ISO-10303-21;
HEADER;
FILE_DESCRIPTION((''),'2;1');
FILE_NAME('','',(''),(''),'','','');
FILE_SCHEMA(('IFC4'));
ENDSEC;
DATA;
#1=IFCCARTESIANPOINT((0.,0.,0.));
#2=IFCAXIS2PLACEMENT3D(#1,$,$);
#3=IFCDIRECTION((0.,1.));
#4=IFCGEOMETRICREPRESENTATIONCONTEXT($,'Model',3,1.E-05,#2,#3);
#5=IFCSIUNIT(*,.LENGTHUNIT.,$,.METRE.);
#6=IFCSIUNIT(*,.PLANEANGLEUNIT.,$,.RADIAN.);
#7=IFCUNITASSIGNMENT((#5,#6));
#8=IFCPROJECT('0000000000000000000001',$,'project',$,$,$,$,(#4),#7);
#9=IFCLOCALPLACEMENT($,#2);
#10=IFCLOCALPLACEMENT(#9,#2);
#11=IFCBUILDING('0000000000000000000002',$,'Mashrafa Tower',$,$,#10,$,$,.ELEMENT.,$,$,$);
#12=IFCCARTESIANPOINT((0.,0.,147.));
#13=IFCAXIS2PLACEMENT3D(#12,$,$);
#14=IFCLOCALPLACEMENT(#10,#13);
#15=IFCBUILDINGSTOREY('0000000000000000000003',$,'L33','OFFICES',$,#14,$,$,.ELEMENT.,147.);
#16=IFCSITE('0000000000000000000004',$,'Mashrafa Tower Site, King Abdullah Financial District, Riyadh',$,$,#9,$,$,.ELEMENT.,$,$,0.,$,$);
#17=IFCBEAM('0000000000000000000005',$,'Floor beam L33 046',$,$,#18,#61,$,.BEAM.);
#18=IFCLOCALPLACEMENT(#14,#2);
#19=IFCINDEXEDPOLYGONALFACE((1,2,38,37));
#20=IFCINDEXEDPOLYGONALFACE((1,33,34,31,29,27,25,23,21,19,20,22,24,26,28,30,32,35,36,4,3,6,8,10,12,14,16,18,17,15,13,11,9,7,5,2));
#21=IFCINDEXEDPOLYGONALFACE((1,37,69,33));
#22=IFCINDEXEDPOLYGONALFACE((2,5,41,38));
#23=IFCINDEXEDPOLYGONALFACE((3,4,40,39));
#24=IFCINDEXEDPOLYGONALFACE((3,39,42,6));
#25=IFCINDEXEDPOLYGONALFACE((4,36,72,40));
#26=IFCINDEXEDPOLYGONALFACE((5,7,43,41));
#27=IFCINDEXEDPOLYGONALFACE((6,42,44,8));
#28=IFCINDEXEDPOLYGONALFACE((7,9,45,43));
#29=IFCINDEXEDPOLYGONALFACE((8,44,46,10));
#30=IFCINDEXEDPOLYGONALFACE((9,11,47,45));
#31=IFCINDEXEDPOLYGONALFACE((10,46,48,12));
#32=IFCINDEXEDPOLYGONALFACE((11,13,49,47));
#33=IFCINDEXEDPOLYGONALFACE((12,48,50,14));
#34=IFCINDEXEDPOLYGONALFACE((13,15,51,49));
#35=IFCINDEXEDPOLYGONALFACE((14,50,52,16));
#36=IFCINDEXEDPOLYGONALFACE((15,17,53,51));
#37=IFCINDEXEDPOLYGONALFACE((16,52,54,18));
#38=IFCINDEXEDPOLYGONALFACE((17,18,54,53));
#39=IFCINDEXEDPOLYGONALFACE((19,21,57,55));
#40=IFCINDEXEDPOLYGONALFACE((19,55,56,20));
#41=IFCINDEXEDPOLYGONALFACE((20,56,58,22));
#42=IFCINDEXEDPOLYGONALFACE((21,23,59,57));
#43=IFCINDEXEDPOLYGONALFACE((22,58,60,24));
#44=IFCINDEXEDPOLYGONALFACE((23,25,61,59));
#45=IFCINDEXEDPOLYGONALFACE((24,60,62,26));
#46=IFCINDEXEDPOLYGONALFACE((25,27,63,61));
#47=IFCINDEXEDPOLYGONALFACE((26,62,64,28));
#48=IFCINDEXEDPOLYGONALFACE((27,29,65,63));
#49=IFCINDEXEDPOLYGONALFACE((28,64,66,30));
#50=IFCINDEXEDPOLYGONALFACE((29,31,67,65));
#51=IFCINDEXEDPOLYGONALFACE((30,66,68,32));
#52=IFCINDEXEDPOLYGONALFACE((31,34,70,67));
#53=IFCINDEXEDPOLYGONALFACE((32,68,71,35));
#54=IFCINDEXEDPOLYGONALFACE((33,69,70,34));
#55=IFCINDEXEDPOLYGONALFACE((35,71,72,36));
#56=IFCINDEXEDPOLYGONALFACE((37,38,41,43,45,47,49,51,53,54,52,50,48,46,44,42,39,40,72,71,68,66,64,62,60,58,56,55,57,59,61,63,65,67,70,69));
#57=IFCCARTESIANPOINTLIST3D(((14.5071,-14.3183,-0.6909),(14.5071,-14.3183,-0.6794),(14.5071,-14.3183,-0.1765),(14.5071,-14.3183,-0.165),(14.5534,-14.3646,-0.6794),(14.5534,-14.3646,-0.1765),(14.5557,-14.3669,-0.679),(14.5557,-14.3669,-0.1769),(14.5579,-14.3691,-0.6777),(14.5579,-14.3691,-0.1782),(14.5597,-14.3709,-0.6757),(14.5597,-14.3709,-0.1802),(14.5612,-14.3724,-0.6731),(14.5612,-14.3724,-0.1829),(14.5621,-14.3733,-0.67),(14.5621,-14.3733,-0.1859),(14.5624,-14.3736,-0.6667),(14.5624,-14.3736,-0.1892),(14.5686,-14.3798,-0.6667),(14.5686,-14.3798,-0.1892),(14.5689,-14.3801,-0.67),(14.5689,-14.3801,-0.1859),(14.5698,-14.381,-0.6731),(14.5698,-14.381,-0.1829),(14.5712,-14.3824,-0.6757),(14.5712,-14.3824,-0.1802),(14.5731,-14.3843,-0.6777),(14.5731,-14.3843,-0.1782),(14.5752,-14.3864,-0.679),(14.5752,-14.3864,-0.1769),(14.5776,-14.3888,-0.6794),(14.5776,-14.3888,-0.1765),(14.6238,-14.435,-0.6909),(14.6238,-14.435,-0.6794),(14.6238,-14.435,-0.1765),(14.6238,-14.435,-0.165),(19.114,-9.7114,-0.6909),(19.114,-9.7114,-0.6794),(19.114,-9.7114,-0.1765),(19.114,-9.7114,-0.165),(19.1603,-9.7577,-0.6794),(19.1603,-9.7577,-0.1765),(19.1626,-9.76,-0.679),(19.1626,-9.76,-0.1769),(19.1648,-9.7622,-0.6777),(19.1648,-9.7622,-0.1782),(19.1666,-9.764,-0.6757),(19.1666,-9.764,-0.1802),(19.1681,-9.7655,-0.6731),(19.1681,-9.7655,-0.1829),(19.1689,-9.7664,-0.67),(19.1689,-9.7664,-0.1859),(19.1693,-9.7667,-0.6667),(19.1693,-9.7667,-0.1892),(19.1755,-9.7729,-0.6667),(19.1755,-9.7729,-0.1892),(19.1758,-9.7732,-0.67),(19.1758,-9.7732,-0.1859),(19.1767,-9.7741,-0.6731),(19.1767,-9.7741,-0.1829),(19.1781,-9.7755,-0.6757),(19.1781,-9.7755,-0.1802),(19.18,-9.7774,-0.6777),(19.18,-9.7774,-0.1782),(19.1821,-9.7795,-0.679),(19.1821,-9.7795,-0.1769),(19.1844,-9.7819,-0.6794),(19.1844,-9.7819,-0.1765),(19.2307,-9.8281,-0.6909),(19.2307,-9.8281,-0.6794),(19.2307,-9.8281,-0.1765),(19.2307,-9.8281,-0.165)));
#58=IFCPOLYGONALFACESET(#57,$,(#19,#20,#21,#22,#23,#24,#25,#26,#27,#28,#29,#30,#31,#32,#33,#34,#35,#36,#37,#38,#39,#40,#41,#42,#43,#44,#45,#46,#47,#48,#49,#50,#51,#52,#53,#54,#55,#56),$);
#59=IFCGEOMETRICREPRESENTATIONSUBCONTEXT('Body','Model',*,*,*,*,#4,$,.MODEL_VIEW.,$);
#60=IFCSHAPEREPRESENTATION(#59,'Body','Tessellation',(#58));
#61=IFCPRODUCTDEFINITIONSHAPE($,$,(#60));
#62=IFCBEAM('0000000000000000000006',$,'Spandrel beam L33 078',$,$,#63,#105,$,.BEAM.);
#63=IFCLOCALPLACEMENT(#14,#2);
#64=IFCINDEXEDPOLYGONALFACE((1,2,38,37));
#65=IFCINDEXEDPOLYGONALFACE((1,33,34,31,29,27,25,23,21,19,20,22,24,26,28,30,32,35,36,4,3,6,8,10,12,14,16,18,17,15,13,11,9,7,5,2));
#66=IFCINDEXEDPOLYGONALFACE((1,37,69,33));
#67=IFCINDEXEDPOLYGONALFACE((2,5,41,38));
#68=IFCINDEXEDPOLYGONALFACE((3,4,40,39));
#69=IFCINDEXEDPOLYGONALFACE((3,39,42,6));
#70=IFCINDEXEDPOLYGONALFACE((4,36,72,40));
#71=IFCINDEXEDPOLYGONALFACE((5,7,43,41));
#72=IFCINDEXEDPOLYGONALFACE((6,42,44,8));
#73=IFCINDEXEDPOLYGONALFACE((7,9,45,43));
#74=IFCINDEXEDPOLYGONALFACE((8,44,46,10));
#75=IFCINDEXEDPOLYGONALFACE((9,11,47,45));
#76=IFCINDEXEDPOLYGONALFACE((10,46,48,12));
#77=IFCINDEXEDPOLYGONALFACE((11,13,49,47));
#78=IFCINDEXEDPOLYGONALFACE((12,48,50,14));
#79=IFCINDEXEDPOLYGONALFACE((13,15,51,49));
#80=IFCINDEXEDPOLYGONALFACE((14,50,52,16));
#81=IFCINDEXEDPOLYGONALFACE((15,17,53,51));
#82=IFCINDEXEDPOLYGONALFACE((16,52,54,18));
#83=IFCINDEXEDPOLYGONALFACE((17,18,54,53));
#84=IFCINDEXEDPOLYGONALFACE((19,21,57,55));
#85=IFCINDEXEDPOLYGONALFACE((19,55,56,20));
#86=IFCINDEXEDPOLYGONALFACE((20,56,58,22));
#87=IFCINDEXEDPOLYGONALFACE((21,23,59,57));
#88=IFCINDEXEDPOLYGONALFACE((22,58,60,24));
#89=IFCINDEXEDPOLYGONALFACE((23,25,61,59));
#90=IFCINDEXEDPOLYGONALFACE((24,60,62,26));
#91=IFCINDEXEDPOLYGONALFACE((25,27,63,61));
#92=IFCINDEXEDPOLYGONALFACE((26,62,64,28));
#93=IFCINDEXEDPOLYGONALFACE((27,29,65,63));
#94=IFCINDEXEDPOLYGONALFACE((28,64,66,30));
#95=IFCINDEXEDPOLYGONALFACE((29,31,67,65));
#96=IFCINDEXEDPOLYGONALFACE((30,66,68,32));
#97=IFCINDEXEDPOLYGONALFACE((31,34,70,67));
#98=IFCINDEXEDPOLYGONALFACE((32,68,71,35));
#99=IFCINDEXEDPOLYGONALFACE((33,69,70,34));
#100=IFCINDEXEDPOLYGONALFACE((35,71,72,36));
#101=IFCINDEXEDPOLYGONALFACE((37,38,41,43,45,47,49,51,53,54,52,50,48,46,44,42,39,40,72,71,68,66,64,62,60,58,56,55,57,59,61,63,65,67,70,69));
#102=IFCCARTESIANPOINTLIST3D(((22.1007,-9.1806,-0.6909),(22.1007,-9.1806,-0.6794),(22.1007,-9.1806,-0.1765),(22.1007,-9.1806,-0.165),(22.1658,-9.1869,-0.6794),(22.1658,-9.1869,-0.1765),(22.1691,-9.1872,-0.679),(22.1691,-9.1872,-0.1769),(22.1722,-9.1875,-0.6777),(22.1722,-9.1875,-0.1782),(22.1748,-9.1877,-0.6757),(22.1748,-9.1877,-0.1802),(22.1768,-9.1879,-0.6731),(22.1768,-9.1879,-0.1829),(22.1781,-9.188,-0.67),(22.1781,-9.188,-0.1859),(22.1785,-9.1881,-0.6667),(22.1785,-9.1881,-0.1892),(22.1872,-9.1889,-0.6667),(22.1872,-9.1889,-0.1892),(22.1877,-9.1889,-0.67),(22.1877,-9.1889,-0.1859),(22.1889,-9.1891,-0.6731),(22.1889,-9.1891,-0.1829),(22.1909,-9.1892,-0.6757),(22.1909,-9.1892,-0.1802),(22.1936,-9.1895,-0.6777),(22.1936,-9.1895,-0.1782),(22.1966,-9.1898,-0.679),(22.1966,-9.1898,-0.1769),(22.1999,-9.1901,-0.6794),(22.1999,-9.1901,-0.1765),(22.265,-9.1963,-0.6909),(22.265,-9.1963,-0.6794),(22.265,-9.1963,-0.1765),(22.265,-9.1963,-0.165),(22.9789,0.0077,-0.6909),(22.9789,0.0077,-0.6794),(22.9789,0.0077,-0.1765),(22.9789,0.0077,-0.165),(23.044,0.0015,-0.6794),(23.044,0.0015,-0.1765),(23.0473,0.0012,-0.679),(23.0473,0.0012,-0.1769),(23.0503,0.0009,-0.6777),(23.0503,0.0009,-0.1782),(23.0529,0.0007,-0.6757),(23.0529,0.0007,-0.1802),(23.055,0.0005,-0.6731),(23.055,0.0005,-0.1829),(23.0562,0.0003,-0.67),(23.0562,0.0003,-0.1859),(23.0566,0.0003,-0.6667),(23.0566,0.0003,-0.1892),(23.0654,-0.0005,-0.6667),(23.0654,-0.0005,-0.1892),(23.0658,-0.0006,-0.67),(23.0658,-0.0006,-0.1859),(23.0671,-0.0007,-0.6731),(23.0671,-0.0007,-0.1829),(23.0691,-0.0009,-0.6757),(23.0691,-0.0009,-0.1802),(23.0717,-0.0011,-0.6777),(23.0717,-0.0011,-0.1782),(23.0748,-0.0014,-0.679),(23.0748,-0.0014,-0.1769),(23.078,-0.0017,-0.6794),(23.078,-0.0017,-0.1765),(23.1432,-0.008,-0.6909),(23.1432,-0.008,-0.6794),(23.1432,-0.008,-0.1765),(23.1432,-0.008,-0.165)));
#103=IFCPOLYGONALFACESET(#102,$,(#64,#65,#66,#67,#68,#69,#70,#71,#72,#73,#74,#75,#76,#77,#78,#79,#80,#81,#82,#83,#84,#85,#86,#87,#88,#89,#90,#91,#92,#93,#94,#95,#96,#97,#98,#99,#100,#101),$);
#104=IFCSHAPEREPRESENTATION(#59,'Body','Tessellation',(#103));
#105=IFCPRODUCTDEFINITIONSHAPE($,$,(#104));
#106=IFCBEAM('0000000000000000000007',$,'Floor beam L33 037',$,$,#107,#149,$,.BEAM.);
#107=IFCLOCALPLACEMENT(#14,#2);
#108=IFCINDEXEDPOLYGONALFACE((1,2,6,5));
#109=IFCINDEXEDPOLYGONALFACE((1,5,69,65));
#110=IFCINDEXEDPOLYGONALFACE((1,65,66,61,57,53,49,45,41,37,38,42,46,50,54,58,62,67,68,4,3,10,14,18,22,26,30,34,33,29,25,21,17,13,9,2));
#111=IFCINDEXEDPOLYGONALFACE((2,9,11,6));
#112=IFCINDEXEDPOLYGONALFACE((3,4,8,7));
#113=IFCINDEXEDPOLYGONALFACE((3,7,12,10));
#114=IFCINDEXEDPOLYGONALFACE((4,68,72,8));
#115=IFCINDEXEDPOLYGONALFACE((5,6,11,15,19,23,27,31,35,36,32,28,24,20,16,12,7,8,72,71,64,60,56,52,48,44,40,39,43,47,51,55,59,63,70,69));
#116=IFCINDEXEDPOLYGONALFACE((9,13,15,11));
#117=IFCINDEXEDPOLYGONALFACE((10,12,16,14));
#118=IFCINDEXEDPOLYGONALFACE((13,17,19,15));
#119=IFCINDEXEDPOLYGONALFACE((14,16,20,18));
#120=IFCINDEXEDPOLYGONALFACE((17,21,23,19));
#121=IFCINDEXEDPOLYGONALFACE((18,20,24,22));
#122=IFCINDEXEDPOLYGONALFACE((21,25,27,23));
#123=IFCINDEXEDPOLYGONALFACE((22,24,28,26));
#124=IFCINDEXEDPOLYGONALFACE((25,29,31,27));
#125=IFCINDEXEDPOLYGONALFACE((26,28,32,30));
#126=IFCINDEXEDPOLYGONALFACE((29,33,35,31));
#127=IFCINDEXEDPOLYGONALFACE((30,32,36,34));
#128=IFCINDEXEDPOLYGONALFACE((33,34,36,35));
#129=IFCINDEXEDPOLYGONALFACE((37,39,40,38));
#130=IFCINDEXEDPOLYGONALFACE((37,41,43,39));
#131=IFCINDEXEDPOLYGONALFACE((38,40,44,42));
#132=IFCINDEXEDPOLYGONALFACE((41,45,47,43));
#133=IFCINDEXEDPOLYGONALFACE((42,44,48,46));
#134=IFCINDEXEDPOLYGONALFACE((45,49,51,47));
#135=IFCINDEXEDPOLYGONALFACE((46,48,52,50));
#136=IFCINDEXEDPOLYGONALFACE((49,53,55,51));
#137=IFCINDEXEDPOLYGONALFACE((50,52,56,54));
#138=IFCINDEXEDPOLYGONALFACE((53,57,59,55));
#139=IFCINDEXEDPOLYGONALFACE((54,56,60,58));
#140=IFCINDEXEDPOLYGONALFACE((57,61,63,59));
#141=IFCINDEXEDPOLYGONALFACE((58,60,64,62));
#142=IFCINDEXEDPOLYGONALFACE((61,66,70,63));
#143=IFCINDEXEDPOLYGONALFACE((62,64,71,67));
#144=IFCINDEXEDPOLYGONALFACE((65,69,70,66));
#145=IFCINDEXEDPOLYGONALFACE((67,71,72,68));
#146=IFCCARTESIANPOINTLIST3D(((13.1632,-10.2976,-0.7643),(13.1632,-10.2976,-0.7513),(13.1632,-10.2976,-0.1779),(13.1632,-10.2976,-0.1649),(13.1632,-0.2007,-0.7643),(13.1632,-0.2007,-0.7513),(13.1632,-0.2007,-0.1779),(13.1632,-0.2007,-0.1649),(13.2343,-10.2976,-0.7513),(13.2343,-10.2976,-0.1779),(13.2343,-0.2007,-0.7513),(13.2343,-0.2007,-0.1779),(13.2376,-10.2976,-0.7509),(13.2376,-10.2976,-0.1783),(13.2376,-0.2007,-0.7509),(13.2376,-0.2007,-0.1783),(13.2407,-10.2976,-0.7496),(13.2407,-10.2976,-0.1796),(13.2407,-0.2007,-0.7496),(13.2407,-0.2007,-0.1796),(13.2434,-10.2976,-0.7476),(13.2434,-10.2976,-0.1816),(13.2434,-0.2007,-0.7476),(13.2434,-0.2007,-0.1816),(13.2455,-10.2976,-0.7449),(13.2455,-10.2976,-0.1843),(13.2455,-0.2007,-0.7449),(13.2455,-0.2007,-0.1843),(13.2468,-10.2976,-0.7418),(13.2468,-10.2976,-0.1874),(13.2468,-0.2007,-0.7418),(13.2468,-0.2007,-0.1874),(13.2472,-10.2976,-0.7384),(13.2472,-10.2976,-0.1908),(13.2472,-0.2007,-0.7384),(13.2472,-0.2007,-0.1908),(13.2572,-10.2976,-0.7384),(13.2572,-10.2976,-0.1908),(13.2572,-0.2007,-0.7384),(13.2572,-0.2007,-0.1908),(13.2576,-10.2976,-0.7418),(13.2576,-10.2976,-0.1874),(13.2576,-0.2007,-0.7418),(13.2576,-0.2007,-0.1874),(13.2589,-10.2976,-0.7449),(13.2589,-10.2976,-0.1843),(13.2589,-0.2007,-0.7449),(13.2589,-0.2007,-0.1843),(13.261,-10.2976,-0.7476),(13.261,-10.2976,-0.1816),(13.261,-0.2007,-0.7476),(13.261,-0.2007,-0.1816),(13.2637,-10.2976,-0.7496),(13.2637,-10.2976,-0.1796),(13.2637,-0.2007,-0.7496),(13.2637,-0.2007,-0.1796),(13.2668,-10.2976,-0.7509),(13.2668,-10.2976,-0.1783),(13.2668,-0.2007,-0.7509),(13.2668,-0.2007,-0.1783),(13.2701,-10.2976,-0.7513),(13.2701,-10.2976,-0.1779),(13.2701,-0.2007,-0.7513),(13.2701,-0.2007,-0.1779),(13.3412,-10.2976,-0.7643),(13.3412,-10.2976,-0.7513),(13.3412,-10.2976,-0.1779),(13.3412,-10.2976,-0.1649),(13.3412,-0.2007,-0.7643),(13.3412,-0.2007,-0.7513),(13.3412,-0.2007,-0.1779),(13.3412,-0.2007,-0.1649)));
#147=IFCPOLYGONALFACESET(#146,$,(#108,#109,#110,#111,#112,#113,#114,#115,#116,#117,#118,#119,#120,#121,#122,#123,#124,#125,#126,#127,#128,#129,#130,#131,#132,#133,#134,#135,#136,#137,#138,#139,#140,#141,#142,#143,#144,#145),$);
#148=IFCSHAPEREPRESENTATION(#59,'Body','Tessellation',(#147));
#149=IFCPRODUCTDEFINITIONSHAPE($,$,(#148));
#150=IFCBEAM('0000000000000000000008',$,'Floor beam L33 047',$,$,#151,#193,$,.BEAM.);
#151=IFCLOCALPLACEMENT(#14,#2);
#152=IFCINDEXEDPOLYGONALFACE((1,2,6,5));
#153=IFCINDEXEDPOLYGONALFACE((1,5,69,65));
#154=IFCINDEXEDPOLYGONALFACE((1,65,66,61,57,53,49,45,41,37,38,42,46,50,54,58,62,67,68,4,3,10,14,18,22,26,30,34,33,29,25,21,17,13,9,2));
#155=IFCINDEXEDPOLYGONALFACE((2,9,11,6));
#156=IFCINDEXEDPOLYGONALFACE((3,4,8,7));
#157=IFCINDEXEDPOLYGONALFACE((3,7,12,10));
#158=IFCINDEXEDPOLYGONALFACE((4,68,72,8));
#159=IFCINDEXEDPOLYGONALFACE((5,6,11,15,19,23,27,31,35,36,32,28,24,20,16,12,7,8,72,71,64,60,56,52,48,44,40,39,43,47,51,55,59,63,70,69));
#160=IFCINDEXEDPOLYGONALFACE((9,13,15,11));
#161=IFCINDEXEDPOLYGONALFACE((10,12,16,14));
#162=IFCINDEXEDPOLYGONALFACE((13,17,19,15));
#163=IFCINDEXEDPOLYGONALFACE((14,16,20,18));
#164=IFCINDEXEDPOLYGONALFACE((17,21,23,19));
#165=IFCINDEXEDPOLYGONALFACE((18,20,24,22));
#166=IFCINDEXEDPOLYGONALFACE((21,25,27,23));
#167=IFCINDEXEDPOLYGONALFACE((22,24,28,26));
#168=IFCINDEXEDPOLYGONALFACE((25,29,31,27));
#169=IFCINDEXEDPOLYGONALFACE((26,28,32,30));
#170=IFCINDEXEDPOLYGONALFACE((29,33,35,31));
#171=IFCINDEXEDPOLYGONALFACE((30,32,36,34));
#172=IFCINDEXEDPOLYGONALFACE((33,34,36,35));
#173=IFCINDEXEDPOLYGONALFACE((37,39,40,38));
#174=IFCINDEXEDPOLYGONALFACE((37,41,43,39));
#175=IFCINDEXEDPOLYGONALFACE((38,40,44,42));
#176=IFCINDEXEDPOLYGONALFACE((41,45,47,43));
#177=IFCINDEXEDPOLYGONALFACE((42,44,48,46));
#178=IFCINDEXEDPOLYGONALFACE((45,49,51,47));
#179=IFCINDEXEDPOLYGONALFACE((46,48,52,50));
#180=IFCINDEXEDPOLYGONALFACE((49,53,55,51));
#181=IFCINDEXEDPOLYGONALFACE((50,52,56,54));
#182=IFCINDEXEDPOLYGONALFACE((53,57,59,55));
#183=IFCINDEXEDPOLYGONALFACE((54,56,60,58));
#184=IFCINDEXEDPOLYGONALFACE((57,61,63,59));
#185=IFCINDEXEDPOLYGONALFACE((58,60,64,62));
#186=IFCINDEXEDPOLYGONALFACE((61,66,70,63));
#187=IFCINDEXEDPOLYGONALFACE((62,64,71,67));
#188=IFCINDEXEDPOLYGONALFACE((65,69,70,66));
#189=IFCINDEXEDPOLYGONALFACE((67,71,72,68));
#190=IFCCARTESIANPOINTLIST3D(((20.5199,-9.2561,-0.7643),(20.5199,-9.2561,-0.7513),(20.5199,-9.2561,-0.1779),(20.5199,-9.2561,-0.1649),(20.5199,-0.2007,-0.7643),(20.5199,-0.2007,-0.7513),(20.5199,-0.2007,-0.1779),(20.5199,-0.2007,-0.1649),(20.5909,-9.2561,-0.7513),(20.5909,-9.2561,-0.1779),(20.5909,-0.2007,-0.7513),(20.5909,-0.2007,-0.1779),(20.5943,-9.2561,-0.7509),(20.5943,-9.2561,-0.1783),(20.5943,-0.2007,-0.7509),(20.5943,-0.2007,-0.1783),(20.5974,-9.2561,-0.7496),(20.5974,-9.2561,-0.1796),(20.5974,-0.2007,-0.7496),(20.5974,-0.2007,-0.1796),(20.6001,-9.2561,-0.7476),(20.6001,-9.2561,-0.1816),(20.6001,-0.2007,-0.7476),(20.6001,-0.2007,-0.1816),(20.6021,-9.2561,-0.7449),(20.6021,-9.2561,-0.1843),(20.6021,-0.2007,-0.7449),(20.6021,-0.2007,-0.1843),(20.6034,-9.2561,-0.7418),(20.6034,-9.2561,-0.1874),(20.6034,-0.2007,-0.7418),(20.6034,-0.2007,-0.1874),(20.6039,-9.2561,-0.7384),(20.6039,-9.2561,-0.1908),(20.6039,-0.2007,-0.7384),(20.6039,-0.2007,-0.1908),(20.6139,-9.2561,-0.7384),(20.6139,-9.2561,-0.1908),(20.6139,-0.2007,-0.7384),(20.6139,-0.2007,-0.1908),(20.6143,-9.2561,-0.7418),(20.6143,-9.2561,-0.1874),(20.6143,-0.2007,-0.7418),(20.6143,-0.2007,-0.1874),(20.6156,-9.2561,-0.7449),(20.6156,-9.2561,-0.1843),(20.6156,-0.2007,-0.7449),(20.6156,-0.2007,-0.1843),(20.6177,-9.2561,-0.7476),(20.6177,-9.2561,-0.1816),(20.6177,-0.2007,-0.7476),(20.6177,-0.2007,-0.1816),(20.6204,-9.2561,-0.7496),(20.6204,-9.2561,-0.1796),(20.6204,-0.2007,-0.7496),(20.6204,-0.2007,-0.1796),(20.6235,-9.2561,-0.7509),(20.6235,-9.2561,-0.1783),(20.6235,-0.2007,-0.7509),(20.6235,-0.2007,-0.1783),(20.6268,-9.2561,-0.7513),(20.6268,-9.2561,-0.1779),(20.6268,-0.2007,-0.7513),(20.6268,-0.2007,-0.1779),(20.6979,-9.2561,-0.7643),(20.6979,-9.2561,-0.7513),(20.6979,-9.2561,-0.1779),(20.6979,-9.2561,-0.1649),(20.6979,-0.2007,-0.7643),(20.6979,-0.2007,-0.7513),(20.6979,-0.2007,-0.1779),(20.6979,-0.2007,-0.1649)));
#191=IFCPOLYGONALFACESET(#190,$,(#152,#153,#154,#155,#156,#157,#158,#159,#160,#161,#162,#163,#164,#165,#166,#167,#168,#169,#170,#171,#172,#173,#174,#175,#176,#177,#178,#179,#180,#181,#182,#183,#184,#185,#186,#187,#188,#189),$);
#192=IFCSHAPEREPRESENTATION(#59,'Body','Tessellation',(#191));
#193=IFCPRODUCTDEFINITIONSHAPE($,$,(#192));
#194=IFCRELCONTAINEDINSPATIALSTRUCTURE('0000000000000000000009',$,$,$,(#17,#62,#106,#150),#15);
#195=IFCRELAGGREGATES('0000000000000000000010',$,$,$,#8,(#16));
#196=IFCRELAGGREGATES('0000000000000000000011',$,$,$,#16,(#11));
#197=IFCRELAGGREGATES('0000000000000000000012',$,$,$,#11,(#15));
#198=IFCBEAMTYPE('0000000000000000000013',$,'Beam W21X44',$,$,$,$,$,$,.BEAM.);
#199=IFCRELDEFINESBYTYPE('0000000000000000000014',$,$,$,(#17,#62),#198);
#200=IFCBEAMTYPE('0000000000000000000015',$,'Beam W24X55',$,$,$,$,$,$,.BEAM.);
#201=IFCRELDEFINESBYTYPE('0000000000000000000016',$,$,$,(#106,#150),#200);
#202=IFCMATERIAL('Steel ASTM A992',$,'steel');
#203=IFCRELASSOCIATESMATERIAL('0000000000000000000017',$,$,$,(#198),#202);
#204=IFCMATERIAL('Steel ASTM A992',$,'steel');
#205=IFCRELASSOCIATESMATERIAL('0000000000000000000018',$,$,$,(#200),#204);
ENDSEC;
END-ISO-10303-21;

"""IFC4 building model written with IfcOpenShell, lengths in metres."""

from ifc_helpers import new_model, si_unit, direction, frame, origin, origin_2d, place, context, subcontext, project, spatial, i_section, extrude, material, material_profile, profile_set, type_object, element, save


model = new_model("IFC4")

# Units and contexts
model_context = context("Model", 3, precision=1e-05, world=origin(), true_north=direction((0.0, 1.0)))
body_context = subcontext(model_context, "Body", "Model", "MODEL_VIEW")
ifc_project = project(units=[si_unit("LENGTHUNIT", "METRE"), si_unit("PLANEANGLEUNIT", "RADIAN")], contexts=[model_context])

# Site, building, storey
site_placement = place(None, origin())
site = spatial("IfcSite", under=ifc_project, at=site_placement, Name="Mashrafa Tower Site, King Abdullah Financial District, Riyadh", CompositionType="ELEMENT", RefElevation=0.0)
building_placement = place(site_placement, origin())
building = spatial("IfcBuilding", under=site, at=building_placement, Name="Mashrafa Tower", CompositionType="ELEMENT")
storey_placement = place(building_placement, frame((0.0, 0.0, 147.0)))
storey = spatial("IfcBuildingStorey", under=building, at=storey_placement, Name="L33", Description="OFFICES", CompositionType="ELEMENT", Elevation=147.0)

# Beams
ifc_material_1 = material(Name="Steel ASTM A992", Category="steel")
ifc_material_profile_1 = material_profile(ifc_material_1, i_section(OverallWidth=0.165, OverallDepth=0.5259, WebThickness=0.0088, FlangeThickness=0.0115, FilletRadius=0.0127, at=origin_2d()), Name="W21X44")
ifc_profile_set_1 = profile_set([ifc_material_profile_1], Name="Steel ASTM A992")
beam_type_1 = type_object("IfcBeamType", Name="Beam W21X44", PredefinedType="BEAM", material=ifc_profile_set_1)
beam_1_placement = place(storey_placement, frame((19.1724, -9.7698, -0.428), z_axis=(-0.707107, -0.707107, 0.0), x_axis=(0.707107, -0.707107, 0.0)))
element("IfcBeam", 1, at=beam_1_placement, inside=storey, type_object=beam_type_1, Name="Floor beam L33 046", PredefinedType="BEAM", context=body_context, shape_type="SweptSolid", body=[
    extrude(i_section(OverallWidth=0.165, OverallDepth=0.5259, WebThickness=0.0088, FlangeThickness=0.0115, FilletRadius=0.0127, at=origin_2d()), origin(), (0.0, 0.0, 1.0), 6.5151),
])
beam_2_placement = place(storey_placement, frame((22.1829, -9.1885, -0.428), z_axis=(0.09514, 0.995464, 0.0), x_axis=(-0.995464, 0.09514, 0.0)))
element("IfcBeam", 2, at=beam_2_placement, inside=storey, type_object=beam_type_1, Name="Spandrel beam L33 078", PredefinedType="BEAM", context=body_context, shape_type="SweptSolid", body=[
    extrude(i_section(OverallWidth=0.165, OverallDepth=0.5259, WebThickness=0.0088, FlangeThickness=0.0115, FilletRadius=0.0127, at=origin_2d()), origin(), (0.0, 0.0, 1.0), 9.2302),
])
ifc_material_2 = material(Name="Steel ASTM A992", Category="steel")
ifc_material_profile_2 = material_profile(ifc_material_2, i_section(OverallWidth=0.178, OverallDepth=0.5994, WebThickness=0.01, FlangeThickness=0.0129, FilletRadius=0.0129, at=origin_2d()), Name="W24X55")
ifc_profile_set_2 = profile_set([ifc_material_profile_2], Name="Steel ASTM A992")
beam_type_2 = type_object("IfcBeamType", Name="Beam W24X55", PredefinedType="BEAM", material=ifc_profile_set_2)
beam_3_placement = place(storey_placement, frame((13.2522, -0.2007, -0.4646), z_axis=(0.0, -1.0, 0.0), x_axis=(1.0, 0.0, 0.0)))
element("IfcBeam", 3, at=beam_3_placement, inside=storey, type_object=beam_type_2, Name="Floor beam L33 037", PredefinedType="BEAM", context=body_context, shape_type="SweptSolid", body=[
    extrude(i_section(OverallWidth=0.178, OverallDepth=0.5994, WebThickness=0.01, FlangeThickness=0.0129, FilletRadius=0.0129, at=origin_2d()), origin(), (0.0, 0.0, 1.0), 10.0969),
])
beam_4_placement = place(storey_placement, frame((20.6089, -0.2007, -0.4646), z_axis=(0.0, -1.0, 0.0), x_axis=(1.0, 0.0, 0.0)))
element("IfcBeam", 4, at=beam_4_placement, inside=storey, type_object=beam_type_2, Name="Floor beam L33 047", PredefinedType="BEAM", context=body_context, shape_type="SweptSolid", body=[
    extrude(i_section(OverallWidth=0.178, OverallDepth=0.5994, WebThickness=0.01, FlangeThickness=0.0129, FilletRadius=0.0129, at=origin_2d()), origin(), (0.0, 0.0, 1.0), 9.0554),
])

save(model, "model.ifc")
